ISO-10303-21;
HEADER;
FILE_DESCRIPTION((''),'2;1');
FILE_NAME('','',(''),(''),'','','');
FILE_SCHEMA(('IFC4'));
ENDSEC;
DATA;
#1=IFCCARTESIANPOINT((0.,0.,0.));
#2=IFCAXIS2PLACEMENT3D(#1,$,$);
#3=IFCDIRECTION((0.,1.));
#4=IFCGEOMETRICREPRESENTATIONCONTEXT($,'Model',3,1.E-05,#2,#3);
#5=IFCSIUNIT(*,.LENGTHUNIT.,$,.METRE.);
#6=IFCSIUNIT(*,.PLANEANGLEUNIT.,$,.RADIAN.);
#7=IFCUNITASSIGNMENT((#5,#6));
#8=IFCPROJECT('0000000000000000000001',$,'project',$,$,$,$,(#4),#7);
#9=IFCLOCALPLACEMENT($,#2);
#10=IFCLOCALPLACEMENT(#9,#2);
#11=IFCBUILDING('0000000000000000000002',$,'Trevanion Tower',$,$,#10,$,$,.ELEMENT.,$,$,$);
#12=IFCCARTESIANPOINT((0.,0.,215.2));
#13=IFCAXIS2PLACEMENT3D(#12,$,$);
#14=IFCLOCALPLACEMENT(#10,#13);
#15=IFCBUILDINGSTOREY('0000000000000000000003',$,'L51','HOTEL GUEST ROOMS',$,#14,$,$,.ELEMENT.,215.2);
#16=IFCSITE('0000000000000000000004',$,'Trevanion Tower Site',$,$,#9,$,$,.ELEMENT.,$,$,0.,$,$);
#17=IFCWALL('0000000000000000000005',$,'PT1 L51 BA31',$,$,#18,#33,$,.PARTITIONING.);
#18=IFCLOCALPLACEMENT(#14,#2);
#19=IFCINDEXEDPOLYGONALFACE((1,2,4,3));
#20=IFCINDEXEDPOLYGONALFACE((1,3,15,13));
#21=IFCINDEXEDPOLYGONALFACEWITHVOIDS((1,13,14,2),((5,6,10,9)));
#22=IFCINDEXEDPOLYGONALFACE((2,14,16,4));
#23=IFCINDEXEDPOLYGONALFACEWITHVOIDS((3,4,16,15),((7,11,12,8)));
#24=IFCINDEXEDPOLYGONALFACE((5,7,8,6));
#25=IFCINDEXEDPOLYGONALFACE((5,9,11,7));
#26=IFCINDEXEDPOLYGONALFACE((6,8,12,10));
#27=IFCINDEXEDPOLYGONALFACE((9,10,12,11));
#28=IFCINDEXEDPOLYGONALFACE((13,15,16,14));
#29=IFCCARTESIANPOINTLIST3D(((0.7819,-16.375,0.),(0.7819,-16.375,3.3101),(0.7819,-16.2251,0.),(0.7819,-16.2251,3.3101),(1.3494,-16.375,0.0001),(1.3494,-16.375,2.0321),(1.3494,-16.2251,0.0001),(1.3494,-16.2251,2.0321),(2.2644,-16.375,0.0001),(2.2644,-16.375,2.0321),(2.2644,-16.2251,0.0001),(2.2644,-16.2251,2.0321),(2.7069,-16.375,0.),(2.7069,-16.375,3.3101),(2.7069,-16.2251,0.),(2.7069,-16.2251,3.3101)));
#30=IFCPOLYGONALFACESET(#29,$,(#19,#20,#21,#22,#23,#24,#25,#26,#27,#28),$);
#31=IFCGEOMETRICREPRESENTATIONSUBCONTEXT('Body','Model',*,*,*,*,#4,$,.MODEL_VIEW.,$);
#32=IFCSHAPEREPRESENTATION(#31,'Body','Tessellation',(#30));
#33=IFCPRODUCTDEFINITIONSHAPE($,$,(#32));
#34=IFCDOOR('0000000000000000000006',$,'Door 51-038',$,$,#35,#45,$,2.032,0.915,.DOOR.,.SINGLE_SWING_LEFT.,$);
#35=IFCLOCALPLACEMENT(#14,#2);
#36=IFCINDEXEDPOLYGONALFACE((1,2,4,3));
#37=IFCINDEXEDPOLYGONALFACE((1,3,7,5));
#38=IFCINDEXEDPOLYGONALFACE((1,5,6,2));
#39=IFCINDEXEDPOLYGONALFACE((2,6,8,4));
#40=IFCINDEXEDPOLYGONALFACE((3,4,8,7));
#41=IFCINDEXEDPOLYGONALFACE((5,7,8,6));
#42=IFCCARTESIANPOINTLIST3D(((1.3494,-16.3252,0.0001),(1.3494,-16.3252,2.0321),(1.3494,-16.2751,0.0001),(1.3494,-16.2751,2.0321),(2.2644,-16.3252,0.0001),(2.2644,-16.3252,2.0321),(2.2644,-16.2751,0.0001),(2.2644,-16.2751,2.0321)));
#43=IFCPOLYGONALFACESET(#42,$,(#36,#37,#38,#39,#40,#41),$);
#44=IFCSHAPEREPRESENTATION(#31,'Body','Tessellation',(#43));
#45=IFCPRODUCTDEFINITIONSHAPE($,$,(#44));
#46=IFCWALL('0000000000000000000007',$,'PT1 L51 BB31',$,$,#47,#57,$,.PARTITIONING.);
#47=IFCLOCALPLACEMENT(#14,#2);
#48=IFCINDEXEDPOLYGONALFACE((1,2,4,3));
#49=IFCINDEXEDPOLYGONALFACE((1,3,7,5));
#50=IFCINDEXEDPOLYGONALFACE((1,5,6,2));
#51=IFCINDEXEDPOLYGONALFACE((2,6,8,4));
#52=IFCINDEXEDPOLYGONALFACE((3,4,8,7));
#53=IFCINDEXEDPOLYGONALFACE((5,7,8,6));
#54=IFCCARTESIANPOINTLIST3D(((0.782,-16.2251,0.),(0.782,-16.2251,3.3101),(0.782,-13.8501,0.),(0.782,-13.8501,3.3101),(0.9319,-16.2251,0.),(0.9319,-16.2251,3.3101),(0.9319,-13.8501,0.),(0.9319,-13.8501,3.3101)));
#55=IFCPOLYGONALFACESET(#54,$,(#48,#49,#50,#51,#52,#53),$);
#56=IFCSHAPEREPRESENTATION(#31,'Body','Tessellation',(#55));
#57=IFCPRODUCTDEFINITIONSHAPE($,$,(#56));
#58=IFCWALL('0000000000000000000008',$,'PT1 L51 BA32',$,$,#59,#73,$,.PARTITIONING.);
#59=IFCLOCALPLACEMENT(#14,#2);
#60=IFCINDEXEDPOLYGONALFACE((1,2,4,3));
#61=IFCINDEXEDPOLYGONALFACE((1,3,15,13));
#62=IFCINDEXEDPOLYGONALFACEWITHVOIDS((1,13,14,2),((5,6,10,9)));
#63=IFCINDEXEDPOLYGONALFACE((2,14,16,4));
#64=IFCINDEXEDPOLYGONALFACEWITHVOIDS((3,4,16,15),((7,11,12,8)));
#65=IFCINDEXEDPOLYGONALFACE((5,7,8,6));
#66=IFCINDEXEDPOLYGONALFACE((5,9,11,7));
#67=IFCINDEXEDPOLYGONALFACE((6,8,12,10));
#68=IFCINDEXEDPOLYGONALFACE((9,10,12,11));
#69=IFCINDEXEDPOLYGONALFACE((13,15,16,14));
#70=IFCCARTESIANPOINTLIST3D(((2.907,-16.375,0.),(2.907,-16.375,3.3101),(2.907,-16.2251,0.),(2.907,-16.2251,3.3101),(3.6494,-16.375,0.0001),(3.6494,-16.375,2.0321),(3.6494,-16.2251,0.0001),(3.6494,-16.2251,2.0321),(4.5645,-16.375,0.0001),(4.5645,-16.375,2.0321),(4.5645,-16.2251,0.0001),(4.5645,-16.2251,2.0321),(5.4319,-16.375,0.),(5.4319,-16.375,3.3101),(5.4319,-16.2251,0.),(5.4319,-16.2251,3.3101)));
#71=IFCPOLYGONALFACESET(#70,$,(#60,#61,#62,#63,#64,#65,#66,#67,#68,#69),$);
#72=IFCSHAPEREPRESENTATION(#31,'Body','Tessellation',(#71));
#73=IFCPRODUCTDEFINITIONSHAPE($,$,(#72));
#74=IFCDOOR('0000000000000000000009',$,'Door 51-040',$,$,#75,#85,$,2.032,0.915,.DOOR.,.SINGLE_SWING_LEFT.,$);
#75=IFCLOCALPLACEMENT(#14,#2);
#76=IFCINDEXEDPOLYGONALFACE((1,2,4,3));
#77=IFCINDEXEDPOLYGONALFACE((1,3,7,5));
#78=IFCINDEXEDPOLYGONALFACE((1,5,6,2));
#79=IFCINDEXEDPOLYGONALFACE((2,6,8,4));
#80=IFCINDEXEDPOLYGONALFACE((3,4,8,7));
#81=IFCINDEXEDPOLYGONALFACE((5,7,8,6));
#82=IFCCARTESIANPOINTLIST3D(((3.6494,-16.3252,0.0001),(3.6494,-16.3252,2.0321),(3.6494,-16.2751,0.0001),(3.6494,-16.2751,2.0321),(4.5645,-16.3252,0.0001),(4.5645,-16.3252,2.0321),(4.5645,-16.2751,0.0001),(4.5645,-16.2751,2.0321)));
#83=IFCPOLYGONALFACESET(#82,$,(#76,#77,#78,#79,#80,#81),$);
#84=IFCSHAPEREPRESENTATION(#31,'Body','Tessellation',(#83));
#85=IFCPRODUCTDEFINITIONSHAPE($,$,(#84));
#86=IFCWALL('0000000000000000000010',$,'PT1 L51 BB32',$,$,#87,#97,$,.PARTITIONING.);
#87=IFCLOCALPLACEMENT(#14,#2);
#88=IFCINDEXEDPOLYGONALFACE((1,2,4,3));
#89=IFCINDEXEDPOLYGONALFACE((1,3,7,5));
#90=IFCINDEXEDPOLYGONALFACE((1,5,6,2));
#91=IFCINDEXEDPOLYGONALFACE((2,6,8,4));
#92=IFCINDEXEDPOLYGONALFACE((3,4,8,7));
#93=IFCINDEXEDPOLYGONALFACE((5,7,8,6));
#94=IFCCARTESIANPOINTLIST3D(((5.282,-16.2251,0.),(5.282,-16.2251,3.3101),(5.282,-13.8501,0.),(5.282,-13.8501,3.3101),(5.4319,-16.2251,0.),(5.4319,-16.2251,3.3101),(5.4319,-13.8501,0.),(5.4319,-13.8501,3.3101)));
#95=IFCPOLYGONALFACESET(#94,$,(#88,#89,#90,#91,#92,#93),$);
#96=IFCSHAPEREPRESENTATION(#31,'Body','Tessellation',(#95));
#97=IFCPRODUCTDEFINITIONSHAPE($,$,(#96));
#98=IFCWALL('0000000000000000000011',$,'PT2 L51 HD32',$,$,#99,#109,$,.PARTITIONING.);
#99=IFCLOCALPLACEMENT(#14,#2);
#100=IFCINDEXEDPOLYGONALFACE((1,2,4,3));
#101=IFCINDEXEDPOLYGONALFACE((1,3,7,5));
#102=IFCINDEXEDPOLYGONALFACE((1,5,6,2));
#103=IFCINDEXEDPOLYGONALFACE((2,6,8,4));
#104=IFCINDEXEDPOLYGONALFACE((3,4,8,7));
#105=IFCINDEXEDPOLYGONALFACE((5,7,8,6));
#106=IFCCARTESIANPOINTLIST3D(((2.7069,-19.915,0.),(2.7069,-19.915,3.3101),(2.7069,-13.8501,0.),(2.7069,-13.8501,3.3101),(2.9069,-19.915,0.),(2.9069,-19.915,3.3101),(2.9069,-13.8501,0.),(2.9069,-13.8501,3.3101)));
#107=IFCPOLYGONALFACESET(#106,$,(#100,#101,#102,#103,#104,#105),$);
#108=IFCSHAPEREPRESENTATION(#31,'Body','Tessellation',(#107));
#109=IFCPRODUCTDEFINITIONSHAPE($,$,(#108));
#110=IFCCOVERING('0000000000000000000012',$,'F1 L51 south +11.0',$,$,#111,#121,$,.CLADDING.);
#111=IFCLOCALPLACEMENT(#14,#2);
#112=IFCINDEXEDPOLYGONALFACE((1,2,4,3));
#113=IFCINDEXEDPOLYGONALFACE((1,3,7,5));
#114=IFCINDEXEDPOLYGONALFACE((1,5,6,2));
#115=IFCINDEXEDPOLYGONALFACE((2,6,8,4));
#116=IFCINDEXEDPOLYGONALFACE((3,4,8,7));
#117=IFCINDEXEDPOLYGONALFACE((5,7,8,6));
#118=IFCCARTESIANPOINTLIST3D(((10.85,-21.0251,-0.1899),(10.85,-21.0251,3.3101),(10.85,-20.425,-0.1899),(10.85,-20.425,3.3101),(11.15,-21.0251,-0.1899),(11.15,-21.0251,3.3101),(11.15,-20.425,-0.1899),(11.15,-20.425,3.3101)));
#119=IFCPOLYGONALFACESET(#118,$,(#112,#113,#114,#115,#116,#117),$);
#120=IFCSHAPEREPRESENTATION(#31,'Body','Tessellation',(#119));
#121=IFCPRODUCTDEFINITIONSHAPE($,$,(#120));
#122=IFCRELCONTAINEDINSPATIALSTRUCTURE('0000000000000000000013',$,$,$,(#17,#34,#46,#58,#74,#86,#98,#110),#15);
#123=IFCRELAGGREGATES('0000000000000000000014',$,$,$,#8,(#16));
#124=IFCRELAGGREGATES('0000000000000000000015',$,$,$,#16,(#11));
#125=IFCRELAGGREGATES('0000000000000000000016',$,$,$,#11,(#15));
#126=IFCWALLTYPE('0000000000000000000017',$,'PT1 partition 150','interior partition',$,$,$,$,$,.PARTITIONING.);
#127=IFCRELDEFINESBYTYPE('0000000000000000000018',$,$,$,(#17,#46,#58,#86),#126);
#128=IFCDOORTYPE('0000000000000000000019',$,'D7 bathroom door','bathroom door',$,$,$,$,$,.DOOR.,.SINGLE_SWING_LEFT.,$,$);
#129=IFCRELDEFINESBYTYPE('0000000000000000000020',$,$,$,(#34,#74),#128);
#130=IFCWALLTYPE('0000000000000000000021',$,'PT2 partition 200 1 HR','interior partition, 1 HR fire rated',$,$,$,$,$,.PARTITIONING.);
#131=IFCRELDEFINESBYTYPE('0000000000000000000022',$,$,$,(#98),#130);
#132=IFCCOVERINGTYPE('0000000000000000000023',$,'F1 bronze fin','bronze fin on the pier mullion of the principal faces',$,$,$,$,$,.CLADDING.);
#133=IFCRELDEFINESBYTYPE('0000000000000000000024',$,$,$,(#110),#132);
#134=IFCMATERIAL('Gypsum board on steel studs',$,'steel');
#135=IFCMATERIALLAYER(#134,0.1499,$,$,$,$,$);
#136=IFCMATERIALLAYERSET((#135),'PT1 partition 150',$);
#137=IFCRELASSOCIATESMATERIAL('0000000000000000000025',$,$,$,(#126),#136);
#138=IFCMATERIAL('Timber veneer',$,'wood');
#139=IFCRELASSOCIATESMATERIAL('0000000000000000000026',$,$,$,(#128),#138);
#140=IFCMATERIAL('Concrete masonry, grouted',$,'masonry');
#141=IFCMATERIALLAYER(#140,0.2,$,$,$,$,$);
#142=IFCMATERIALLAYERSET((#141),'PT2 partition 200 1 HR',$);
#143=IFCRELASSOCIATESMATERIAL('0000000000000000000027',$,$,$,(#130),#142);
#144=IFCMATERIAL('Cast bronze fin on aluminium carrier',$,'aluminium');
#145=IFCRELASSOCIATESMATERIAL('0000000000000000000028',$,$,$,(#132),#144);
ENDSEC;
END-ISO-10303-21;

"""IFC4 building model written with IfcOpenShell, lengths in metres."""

from ifc_helpers import new_model, si_unit, direction, frame, frame_2d, origin, origin_2d, place, context, subcontext, project, spatial, rectangle, extrude, material, layer, layer_set, type_object, element, fill, save


model = new_model("IFC4")

# Units and contexts
model_context = context("Model", 3, precision=1e-05, world=origin(), true_north=direction((0.0, 1.0)))
body_context = subcontext(model_context, "Body", "Model", "MODEL_VIEW")
ifc_project = project(units=[si_unit("LENGTHUNIT", "METRE"), si_unit("PLANEANGLEUNIT", "RADIAN")], contexts=[model_context])

# Site, building, storey
site_placement = place(None, origin())
site = spatial("IfcSite", under=ifc_project, at=site_placement, Name="Trevanion Tower Site", CompositionType="ELEMENT", RefElevation=0.0)
building_placement = place(site_placement, origin())
building = spatial("IfcBuilding", under=site, at=building_placement, Name="Trevanion Tower", CompositionType="ELEMENT")
storey_placement = place(building_placement, frame((0.0, 0.0, 215.2)))
storey = spatial("IfcBuildingStorey", under=building, at=storey_placement, Name="L51", Description="HOTEL GUEST ROOMS", CompositionType="ELEMENT", Elevation=215.2)

# Wall, opening, door
ifc_material_1 = material(Name="Gypsum board on steel studs", Category="steel")
ifc_layer_1 = layer(ifc_material_1, 0.1499)
ifc_layer_set_1 = layer_set([ifc_layer_1], Name="PT1 partition 150")
wall_type_1 = type_object("IfcWallType", Name="PT1 partition 150", Description="interior partition", PredefinedType="PARTITIONING", material=ifc_layer_set_1)
wall_1_placement = place(storey_placement, frame((0.782, -16.3, 0.0), z_axis=(0.0, 0.0, 1.0), x_axis=(1.0, 0.0, 0.0)))
wall_1 = element("IfcWall", 1, at=wall_1_placement, inside=storey, type_object=wall_type_1, Name="PT1 L51 BA31", PredefinedType="PARTITIONING", context=body_context, shape_type="SweptSolid", body=[
    extrude(rectangle(XDim=1.925, YDim=0.1499, at=frame_2d((0.9624, 0.0))), origin(), (0.0, 0.0, 1.0), 3.3101),
])
opening_1_placement = place(wall_1_placement, frame((0.5674, 0.0, 0.0)))
opening_1 = element("IfcOpeningElement", 2, at=opening_1_placement, cuts=wall_1, PredefinedType="OPENING", context=body_context, shape_type="SweptSolid", body=[
    extrude(rectangle(XDim=0.915, YDim=2.032, at=frame_2d((0.4575, 1.0161))), frame((0.0, 0.085, 0.0), z_axis=(0.0, -1.0, 0.0), x_axis=(1.0, 0.0, 0.0)), (0.0, 0.0, 1.0), 0.1699),
])
ifc_material_2 = material(Name="Timber veneer", Category="wood")
door_type = type_object("IfcDoorType", Name="D7 bathroom door", Description="bathroom door", OperationType="SINGLE_SWING_LEFT", PredefinedType="DOOR", material=ifc_material_2)
door_1_placement = place(opening_1_placement, origin())
door_1 = element("IfcDoor", 3, at=door_1_placement, inside=storey, type_object=door_type, Name="Door 51-038", OperationType="SINGLE_SWING_LEFT", OverallHeight=2.032, OverallWidth=0.915, PredefinedType="DOOR", context=body_context, shape_type="SweptSolid", body=[
    extrude(rectangle(XDim=0.915, YDim=2.032, at=frame_2d((0.4575, 1.0161))), frame((0.0, 0.0249, 0.0), z_axis=(0.0, -1.0, 0.0), x_axis=(1.0, 0.0, 0.0)), (0.0, 0.0, 1.0), 0.05),
])
fill(opening_1, door_1)

# Wall
wall_2_placement = place(storey_placement, frame((0.8569, -13.8501, 0.0), z_axis=(0.0, 0.0, 1.0), x_axis=(0.0, -1.0, 0.0)))
element("IfcWall", 4, at=wall_2_placement, inside=storey, type_object=wall_type_1, Name="PT1 L51 BB31", PredefinedType="PARTITIONING", context=body_context, shape_type="SweptSolid", body=[
    extrude(rectangle(XDim=2.375, YDim=0.1499, at=frame_2d((1.1875, 0.0))), origin(), (0.0, 0.0, 1.0), 3.3101),
])

# Wall, opening, door
wall_3_placement = place(storey_placement, frame((2.907, -16.3, 0.0), z_axis=(0.0, 0.0, 1.0), x_axis=(1.0, 0.0, 0.0)))
wall_3 = element("IfcWall", 5, at=wall_3_placement, inside=storey, type_object=wall_type_1, Name="PT1 L51 BA32", PredefinedType="PARTITIONING", context=body_context, shape_type="SweptSolid", body=[
    extrude(rectangle(XDim=2.5249, YDim=0.1499, at=frame_2d((1.2625, 0.0))), origin(), (0.0, 0.0, 1.0), 3.3101),
])
opening_2_placement = place(wall_3_placement, frame((0.7424, 0.0, 0.0)))
opening_2 = element("IfcOpeningElement", 6, at=opening_2_placement, cuts=wall_3, PredefinedType="OPENING", context=body_context, shape_type="SweptSolid", body=[
    extrude(rectangle(XDim=0.915, YDim=2.032, at=frame_2d((0.4575, 1.0161))), frame((0.0, 0.085, 0.0), z_axis=(0.0, -1.0, 0.0), x_axis=(1.0, 0.0, 0.0)), (0.0, 0.0, 1.0), 0.1699),
])
door_2_placement = place(opening_2_placement, origin())
door_2 = element("IfcDoor", 7, at=door_2_placement, inside=storey, type_object=door_type, Name="Door 51-040", OperationType="SINGLE_SWING_LEFT", OverallHeight=2.032, OverallWidth=0.915, PredefinedType="DOOR", context=body_context, shape_type="SweptSolid", body=[
    extrude(rectangle(XDim=0.915, YDim=2.032, at=frame_2d((0.4575, 1.0161))), frame((0.0, 0.0249, 0.0), z_axis=(0.0, -1.0, 0.0), x_axis=(1.0, 0.0, 0.0)), (0.0, 0.0, 1.0), 0.05),
])
fill(opening_2, door_2)

# Walls
wall_4_placement = place(storey_placement, frame((5.3569, -13.8501, 0.0), z_axis=(0.0, 0.0, 1.0), x_axis=(0.0, -1.0, 0.0)))
element("IfcWall", 8, at=wall_4_placement, inside=storey, type_object=wall_type_1, Name="PT1 L51 BB32", PredefinedType="PARTITIONING", context=body_context, shape_type="SweptSolid", body=[
    extrude(rectangle(XDim=2.375, YDim=0.1499, at=frame_2d((1.1875, 0.0))), origin(), (0.0, 0.0, 1.0), 3.3101),
])
ifc_material_3 = material(Name="Concrete masonry, grouted", Category="masonry")
ifc_layer_2 = layer(ifc_material_3, 0.2)
ifc_layer_set_2 = layer_set([ifc_layer_2], Name="PT2 partition 200 1 HR")
wall_type_2 = type_object("IfcWallType", Name="PT2 partition 200 1 HR", Description="interior partition, 1 HR fire rated", PredefinedType="PARTITIONING", material=ifc_layer_set_2)
wall_5_placement = place(storey_placement, frame((2.8069, -13.8501, 0.0), z_axis=(0.0, 0.0, 1.0), x_axis=(0.0, -1.0, 0.0)))
element("IfcWall", 9, at=wall_5_placement, inside=storey, type_object=wall_type_2, Name="PT2 L51 HD32", PredefinedType="PARTITIONING", context=body_context, shape_type="SweptSolid", body=[
    extrude(rectangle(XDim=6.0649, YDim=0.2, at=frame_2d((3.0325, 0.0))), origin(), (0.0, 0.0, 1.0), 3.3101),
])

# Covering
ifc_material_4 = material(Name="Cast bronze fin on aluminium carrier", Category="aluminium")
covering_type = type_object("IfcCoveringType", Name="F1 bronze fin", Description="bronze fin on the pier mullion of the principal faces", PredefinedType="CLADDING", material=ifc_material_4)
covering_placement = place(storey_placement, frame((11.0, -20.7251, -0.1899), z_axis=(0.0, 0.0, 1.0), x_axis=(1.0, 0.0, 0.0)))
element("IfcCovering", 10, at=covering_placement, inside=storey, type_object=covering_type, Name="F1 L51 south +11.0", PredefinedType="CLADDING", context=body_context, shape_type="SweptSolid", body=[
    extrude(rectangle(XDim=0.3, YDim=0.6001, at=origin_2d()), origin(), (0.0, 0.0, 1.0), 3.5),
])

save(model, "model.ifc")
